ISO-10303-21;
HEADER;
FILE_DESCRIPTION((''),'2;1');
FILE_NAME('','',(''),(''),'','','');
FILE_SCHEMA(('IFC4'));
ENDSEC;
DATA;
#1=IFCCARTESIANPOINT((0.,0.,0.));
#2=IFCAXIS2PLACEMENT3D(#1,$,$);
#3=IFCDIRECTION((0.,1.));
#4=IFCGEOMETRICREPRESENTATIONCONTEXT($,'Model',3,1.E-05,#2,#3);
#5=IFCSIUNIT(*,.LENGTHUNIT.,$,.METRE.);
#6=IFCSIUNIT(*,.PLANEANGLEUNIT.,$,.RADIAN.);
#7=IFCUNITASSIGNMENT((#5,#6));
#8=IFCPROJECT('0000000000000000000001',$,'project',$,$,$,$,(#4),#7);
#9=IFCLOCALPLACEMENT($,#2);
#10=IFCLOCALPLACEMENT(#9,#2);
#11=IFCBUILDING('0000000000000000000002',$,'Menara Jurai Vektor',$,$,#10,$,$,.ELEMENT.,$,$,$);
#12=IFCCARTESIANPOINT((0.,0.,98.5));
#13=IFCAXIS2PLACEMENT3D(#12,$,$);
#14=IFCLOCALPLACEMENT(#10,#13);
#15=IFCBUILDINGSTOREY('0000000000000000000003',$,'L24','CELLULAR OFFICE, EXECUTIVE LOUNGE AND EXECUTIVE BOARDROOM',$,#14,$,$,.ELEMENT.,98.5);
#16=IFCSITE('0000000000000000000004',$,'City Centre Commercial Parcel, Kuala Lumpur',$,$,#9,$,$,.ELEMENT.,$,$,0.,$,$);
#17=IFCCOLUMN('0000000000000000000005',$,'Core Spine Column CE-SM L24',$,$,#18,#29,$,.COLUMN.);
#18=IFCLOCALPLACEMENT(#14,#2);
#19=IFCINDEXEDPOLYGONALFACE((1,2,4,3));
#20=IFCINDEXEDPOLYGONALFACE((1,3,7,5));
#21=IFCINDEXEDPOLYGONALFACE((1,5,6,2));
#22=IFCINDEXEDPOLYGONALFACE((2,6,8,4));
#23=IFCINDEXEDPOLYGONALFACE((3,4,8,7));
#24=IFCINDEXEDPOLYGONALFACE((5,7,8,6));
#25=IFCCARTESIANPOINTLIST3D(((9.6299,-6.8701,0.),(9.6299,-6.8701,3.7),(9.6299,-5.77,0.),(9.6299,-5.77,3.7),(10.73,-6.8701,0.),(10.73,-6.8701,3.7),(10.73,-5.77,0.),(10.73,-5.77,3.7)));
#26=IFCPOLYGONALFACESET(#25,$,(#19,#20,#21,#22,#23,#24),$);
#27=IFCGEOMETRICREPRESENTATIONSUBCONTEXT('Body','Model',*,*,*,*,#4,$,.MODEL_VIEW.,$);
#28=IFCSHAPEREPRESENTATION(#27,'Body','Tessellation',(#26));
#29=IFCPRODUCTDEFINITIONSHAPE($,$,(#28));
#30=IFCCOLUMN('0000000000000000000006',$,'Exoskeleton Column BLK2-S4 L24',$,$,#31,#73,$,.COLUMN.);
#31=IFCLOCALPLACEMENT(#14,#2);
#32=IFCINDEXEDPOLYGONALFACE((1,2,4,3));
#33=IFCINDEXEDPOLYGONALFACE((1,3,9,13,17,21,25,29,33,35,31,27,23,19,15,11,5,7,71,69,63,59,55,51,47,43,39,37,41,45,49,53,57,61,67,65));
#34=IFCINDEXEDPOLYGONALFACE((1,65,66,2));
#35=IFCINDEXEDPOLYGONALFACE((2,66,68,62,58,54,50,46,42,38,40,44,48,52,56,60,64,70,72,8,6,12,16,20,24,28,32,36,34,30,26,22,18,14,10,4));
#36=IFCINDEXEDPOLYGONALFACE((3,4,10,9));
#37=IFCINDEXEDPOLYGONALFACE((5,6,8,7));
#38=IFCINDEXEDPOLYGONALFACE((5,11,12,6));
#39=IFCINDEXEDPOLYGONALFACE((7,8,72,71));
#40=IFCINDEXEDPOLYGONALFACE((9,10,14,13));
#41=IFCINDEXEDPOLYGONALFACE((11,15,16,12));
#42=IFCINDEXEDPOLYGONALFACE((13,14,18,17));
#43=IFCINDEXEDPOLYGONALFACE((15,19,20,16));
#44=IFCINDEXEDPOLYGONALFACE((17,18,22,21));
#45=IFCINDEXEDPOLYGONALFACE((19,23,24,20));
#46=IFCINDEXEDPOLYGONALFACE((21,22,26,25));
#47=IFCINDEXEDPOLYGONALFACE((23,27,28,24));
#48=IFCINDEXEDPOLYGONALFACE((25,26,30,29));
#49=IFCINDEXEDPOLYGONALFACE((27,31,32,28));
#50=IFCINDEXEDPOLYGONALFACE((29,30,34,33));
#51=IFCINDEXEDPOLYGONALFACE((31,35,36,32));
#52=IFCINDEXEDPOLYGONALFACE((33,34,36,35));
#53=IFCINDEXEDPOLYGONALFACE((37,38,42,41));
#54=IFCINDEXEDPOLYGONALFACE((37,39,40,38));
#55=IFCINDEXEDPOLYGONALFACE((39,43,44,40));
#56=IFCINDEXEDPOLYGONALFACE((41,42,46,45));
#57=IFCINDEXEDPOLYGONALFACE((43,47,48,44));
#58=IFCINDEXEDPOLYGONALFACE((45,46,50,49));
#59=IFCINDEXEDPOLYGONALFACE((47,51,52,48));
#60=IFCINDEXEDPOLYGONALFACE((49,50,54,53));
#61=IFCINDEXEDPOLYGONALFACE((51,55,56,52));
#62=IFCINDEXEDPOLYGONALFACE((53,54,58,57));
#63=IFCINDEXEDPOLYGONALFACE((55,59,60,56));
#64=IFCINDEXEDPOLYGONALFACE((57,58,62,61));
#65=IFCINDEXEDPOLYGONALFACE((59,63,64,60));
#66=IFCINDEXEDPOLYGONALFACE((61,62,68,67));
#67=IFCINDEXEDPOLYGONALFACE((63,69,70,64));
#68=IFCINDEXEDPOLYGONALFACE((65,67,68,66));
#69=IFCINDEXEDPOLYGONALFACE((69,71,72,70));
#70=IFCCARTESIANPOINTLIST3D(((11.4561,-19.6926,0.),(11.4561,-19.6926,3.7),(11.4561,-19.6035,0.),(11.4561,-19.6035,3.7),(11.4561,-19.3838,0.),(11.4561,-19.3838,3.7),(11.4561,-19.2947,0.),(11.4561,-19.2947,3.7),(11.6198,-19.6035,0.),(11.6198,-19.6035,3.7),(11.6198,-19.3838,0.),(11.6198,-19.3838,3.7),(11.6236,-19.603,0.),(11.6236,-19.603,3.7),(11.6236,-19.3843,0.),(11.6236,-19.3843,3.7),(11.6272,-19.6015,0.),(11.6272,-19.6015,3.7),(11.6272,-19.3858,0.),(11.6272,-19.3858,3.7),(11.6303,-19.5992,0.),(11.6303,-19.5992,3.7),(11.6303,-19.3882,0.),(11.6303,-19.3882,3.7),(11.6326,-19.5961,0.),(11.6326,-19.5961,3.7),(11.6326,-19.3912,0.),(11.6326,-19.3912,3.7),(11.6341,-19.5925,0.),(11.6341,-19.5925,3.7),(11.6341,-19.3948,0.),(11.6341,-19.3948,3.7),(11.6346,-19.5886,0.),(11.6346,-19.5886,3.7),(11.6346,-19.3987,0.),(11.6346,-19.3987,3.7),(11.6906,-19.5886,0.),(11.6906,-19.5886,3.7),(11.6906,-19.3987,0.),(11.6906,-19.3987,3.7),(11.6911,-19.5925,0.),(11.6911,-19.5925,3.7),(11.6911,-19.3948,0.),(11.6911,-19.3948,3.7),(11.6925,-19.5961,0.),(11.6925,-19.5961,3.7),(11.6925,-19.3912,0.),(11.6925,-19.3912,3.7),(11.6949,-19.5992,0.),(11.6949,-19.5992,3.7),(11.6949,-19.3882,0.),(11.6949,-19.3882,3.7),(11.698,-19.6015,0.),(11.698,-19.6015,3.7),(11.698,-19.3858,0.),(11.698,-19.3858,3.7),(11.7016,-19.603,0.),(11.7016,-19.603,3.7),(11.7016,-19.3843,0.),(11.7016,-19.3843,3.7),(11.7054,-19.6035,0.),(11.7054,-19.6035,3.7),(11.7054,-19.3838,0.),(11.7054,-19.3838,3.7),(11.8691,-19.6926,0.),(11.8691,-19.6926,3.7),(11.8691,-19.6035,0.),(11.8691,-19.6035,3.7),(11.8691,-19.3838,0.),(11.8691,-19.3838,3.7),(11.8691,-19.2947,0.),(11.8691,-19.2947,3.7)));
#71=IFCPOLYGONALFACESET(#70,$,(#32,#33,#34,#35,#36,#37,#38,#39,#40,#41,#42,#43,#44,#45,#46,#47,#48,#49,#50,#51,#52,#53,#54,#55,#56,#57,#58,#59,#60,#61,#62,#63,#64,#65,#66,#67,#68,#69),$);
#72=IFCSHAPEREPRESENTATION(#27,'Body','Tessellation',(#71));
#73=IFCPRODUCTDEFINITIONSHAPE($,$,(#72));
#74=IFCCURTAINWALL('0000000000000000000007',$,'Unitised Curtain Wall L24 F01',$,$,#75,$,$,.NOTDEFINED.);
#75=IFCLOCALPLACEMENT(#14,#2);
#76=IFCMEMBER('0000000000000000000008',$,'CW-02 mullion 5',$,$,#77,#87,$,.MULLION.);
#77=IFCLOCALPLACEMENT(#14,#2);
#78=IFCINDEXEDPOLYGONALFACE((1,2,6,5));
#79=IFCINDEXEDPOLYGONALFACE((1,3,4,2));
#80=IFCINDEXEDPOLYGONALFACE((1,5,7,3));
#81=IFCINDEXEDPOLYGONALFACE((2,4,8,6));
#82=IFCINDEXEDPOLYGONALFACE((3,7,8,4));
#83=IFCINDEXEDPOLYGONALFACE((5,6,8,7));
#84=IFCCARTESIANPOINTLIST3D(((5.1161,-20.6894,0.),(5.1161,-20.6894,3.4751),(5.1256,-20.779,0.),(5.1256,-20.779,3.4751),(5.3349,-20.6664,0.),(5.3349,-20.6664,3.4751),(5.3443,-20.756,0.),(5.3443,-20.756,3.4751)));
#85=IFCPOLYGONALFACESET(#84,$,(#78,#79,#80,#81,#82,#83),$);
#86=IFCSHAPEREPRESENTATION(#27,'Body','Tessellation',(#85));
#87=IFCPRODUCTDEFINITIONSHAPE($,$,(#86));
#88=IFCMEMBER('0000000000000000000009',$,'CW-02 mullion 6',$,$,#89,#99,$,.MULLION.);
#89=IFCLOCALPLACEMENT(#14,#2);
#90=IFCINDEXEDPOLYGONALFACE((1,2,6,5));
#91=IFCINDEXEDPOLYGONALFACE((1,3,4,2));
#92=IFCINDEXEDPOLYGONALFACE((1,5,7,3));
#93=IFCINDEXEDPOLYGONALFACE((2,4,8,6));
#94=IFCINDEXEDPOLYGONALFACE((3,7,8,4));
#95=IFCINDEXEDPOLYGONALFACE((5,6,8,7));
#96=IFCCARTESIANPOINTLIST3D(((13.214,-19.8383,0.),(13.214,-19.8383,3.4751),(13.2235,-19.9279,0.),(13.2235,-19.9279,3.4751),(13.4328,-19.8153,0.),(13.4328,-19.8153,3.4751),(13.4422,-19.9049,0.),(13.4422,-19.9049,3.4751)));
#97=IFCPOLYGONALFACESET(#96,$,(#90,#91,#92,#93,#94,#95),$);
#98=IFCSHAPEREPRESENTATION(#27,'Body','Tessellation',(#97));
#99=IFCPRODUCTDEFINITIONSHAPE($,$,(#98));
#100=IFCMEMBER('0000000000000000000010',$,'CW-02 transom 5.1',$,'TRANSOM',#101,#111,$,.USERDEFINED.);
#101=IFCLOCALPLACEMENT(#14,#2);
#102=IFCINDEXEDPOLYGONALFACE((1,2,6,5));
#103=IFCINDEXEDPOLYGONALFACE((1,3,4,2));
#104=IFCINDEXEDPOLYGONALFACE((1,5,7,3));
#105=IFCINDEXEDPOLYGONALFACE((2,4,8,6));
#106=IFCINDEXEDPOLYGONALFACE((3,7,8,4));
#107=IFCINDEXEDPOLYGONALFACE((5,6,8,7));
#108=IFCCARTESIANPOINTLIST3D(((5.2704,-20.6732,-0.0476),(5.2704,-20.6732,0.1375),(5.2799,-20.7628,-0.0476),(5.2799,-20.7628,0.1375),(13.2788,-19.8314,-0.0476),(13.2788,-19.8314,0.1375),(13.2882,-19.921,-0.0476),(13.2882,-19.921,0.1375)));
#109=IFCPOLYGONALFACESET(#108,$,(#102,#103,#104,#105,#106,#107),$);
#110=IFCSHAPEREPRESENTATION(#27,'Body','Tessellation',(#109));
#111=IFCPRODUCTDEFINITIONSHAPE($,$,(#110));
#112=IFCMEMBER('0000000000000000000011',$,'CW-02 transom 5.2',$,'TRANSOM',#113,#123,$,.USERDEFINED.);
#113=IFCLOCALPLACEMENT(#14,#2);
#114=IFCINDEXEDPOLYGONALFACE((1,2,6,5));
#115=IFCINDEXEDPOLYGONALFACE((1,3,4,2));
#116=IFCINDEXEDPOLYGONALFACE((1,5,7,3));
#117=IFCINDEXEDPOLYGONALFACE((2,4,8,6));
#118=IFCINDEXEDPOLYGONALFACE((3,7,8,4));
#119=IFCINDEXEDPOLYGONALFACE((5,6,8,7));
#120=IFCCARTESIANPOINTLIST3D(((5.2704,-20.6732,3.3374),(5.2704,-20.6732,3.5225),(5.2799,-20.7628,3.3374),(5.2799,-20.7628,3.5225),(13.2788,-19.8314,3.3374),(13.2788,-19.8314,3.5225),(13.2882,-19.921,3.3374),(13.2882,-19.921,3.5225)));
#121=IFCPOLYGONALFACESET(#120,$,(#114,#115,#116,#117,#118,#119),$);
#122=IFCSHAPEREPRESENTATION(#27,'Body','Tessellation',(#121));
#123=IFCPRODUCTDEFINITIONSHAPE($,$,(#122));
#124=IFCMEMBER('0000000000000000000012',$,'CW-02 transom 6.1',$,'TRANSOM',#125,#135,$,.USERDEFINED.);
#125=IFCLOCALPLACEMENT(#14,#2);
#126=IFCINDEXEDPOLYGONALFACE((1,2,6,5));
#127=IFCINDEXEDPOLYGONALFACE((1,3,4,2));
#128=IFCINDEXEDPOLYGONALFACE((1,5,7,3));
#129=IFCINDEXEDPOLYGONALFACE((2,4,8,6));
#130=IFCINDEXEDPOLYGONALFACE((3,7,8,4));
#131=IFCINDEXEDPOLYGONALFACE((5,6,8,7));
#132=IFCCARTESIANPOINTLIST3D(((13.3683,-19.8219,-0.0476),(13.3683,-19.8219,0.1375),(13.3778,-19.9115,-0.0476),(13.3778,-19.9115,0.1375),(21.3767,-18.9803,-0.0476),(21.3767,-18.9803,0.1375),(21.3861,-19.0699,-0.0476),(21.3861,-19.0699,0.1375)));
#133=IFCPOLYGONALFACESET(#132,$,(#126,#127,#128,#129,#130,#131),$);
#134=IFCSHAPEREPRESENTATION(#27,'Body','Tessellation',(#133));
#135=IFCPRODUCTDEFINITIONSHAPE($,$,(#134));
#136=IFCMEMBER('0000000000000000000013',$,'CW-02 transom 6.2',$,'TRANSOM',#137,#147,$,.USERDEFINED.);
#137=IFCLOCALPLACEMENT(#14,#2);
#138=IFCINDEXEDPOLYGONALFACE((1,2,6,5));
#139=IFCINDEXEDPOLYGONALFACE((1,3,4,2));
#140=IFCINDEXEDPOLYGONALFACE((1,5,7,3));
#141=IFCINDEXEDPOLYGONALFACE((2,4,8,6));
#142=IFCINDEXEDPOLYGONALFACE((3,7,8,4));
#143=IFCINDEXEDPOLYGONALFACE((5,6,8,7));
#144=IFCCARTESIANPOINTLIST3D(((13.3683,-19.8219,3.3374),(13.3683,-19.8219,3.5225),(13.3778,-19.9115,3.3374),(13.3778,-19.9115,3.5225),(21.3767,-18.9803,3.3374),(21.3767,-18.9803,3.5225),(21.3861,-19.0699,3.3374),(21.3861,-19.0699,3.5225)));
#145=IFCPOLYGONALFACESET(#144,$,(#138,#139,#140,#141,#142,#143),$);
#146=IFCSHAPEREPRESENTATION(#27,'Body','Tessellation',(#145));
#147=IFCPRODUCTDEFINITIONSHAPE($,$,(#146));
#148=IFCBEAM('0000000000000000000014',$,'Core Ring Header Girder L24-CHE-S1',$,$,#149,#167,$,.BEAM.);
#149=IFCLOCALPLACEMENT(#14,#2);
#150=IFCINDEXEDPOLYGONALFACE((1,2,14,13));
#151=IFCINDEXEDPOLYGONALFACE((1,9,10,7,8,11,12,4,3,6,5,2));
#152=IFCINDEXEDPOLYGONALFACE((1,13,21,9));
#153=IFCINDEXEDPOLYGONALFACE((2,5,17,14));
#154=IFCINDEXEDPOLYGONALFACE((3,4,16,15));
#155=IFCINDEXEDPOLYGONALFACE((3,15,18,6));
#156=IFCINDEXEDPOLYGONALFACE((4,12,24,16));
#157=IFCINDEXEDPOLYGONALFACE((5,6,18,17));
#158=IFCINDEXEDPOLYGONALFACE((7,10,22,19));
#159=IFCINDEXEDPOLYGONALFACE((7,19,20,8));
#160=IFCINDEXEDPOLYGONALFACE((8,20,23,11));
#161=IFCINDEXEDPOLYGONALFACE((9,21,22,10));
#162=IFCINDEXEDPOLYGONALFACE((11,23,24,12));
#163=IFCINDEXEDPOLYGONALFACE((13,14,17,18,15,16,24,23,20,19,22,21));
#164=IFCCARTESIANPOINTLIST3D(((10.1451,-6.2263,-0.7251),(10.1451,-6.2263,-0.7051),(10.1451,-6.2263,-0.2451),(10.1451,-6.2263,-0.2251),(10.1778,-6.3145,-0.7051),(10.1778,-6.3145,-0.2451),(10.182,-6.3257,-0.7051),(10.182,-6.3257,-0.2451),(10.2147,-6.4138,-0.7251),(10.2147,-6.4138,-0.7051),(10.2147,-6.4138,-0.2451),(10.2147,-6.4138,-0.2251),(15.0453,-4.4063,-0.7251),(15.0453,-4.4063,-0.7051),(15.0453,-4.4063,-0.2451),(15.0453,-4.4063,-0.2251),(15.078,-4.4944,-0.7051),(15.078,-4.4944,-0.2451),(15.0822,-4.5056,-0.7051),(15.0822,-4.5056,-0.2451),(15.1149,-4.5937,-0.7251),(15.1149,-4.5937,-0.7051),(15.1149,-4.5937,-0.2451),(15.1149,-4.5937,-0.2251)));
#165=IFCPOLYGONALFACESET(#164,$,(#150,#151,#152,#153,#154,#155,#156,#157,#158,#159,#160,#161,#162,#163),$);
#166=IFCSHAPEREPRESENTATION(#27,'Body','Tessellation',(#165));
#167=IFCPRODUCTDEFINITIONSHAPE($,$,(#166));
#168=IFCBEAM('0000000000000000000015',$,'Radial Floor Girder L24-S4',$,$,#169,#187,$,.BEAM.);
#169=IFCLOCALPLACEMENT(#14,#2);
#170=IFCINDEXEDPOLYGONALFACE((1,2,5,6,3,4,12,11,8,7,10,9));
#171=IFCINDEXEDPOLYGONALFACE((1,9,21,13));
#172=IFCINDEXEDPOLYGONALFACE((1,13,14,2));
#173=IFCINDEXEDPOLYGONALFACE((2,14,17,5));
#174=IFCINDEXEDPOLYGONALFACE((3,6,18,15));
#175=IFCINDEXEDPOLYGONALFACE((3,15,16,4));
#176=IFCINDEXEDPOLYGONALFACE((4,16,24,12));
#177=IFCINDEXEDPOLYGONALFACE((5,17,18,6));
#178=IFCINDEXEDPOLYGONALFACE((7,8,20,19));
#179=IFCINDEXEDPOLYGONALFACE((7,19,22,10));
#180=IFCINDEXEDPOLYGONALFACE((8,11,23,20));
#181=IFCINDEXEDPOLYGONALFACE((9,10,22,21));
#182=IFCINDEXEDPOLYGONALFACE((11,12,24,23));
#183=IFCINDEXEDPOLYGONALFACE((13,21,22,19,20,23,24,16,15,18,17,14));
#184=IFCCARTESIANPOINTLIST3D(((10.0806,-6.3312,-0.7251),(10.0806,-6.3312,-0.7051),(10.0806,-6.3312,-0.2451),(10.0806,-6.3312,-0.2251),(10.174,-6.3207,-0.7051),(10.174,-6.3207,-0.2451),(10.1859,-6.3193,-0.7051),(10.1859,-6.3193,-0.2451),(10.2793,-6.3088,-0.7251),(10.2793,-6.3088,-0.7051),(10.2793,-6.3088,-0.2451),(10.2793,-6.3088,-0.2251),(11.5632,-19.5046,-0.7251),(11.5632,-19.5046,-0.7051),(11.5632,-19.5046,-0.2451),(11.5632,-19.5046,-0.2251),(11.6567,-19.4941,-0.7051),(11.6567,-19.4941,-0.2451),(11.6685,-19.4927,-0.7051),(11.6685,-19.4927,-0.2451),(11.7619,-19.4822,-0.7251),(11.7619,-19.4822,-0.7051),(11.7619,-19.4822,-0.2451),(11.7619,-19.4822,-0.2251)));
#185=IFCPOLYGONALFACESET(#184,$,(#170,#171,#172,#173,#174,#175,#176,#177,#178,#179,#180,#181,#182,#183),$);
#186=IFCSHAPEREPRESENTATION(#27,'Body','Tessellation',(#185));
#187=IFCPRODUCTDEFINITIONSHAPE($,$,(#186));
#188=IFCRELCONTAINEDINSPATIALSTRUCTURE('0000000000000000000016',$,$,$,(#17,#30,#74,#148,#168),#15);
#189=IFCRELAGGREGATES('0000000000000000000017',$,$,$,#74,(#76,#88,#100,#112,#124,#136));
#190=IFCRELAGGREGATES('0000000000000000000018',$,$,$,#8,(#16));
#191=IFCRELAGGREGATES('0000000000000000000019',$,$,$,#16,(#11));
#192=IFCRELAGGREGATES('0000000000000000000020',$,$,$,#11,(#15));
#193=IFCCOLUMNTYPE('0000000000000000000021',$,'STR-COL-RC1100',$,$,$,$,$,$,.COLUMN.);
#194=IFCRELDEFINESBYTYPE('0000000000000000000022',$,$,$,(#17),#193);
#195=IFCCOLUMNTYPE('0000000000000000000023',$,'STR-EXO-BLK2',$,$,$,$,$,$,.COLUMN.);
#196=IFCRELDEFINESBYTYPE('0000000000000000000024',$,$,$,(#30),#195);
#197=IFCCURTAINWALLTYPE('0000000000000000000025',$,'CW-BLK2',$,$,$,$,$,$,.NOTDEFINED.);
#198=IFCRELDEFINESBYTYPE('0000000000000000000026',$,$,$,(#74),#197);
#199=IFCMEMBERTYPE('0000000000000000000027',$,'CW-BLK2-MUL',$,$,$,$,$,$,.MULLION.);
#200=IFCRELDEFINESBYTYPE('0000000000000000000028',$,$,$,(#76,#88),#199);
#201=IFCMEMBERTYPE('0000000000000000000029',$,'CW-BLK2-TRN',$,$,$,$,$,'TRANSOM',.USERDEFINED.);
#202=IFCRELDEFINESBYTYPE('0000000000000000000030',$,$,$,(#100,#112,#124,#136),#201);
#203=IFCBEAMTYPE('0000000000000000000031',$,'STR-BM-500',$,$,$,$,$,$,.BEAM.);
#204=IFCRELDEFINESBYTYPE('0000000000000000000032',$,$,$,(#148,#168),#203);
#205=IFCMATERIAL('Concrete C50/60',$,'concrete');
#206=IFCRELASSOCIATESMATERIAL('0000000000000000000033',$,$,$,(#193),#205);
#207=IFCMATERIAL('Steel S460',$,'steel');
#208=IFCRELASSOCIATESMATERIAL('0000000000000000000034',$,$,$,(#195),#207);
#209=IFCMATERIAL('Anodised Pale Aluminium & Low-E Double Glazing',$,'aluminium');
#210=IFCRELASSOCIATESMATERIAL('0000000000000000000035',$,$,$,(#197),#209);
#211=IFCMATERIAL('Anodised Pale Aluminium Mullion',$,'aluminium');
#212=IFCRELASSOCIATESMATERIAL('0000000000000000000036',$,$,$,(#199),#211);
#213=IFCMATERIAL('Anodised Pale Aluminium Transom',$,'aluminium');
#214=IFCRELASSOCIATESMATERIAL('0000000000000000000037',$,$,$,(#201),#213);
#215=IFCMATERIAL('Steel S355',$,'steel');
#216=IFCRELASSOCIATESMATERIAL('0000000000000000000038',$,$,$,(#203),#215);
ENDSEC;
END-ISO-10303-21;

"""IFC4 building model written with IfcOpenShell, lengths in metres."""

from ifc_helpers import new_model, si_unit, direction, frame, origin, origin_2d, place, context, subcontext, project, spatial, rectangle, i_section, extrude, material, material_profile, profile_set, type_object, element, aggregate, save


model = new_model("IFC4")

# Units and contexts
model_context = context("Model", 3, precision=1e-05, world=origin(), true_north=direction((0.0, 1.0)))
body_context = subcontext(model_context, "Body", "Model", "MODEL_VIEW")
ifc_project = project(units=[si_unit("LENGTHUNIT", "METRE"), si_unit("PLANEANGLEUNIT", "RADIAN")], contexts=[model_context])

# Site, building, storey
site_placement = place(None, origin())
site = spatial("IfcSite", under=ifc_project, at=site_placement, Name="City Centre Commercial Parcel, Kuala Lumpur", CompositionType="ELEMENT", RefElevation=0.0)
building_placement = place(site_placement, origin())
building = spatial("IfcBuilding", under=site, at=building_placement, Name="Menara Jurai Vektor", CompositionType="ELEMENT")
storey_placement = place(building_placement, frame((0.0, 0.0, 98.5)))
storey = spatial("IfcBuildingStorey", under=building, at=storey_placement, Name="L24", Description="CELLULAR OFFICE, EXECUTIVE LOUNGE AND EXECUTIVE BOARDROOM", CompositionType="ELEMENT", Elevation=98.5)

# Columns
ifc_material_1 = material(Name="Concrete C50/60", Category="concrete")
ifc_material_profile_1 = material_profile(ifc_material_1, rectangle(XDim=1.1001, YDim=1.1001, at=origin_2d()), Name="RC 1100x1100")
ifc_profile_set_1 = profile_set([ifc_material_profile_1], Name="Concrete C50/60")
column_type_1 = type_object("IfcColumnType", Name="STR-COL-RC1100", PredefinedType="COLUMN", material=ifc_profile_set_1)
column_1_placement = place(storey_placement, frame((10.1799, -6.3201, 0.0), z_axis=(0.0, 0.0, 1.0), x_axis=(1.0, 0.0, 0.0)))
element("IfcColumn", 1, at=column_1_placement, inside=storey, type_object=column_type_1, Name="Core Spine Column CE-SM L24", PredefinedType="COLUMN", context=body_context, shape_type="SweptSolid", body=[
    extrude(rectangle(XDim=1.1001, YDim=1.1001, at=origin_2d()), origin(), (0.0, 0.0, 1.0), 3.7),
])
ifc_material_2 = material(Name="Steel S460", Category="steel")
ifc_material_profile_2 = material_profile(ifc_material_2, i_section(OverallWidth=0.4131, OverallDepth=0.3979, WebThickness=0.0559, FlangeThickness=0.0891, FilletRadius=0.0149, at=origin_2d()), Name="HD 400x744")
ifc_profile_set_2 = profile_set([ifc_material_profile_2], Name="Steel S460")
column_type_2 = type_object("IfcColumnType", Name="STR-EXO-BLK2", PredefinedType="COLUMN", material=ifc_profile_set_2)
column_2_placement = place(storey_placement, frame((11.6626, -19.4937, 0.0), z_axis=(0.0, 0.0, 1.0), x_axis=(1.0, 0.0, 0.0)))
element("IfcColumn", 2, at=column_2_placement, inside=storey, type_object=column_type_2, Name="Exoskeleton Column BLK2-S4 L24", PredefinedType="COLUMN", context=body_context, shape_type="SweptSolid", body=[
    extrude(i_section(OverallWidth=0.4131, OverallDepth=0.3979, WebThickness=0.0559, FlangeThickness=0.0891, FilletRadius=0.0149, at=origin_2d()), origin(), (0.0, 0.0, 1.0), 3.7),
])

# Curtain wall, members
ifc_material_3 = material(Name="Anodised Pale Aluminium & Low-E Double Glazing", Category="aluminium")
curtain_wall_type = type_object("IfcCurtainWallType", Name="CW-BLK2", PredefinedType="NOTDEFINED", material=ifc_material_3)
curtain_wall_placement = place(storey_placement, origin())
curtain_wall = element("IfcCurtainWall", 3, at=curtain_wall_placement, inside=storey, type_object=curtain_wall_type, Name="Unitised Curtain Wall L24 F01", PredefinedType="NOTDEFINED")
ifc_material_4 = material(Name="Anodised Pale Aluminium Mullion", Category="aluminium")
ifc_material_profile_3 = material_profile(ifc_material_4, rectangle(XDim=0.0901, YDim=0.22, at=origin_2d()), Name="ALU MUL 90x220")
ifc_profile_set_3 = profile_set([ifc_material_profile_3], Name="Anodised Pale Aluminium Mullion")
member_type_1 = type_object("IfcMemberType", Name="CW-BLK2-MUL", PredefinedType="MULLION", material=ifc_profile_set_3)
member_1_placement = place(storey_placement, frame((5.2302, -20.7227, 0.0), z_axis=(0.0, 0.0, 1.0), x_axis=(-0.104529, 0.994522, 0.0)))
member_1 = element("IfcMember", 4, at=member_1_placement, type_object=member_type_1, Name="CW-02 mullion 5", PredefinedType="MULLION", context=body_context, shape_type="SweptSolid", body=[
    extrude(rectangle(XDim=0.0901, YDim=0.22, at=origin_2d()), origin(), (0.0, 0.0, 1.0), 3.4751),
])
member_2_placement = place(storey_placement, frame((13.3281, -19.8716, 0.0), z_axis=(0.0, 0.0, 1.0), x_axis=(-0.104529, 0.994522, 0.0)))
member_2 = element("IfcMember", 5, at=member_2_placement, type_object=member_type_1, Name="CW-02 mullion 6", PredefinedType="MULLION", context=body_context, shape_type="SweptSolid", body=[
    extrude(rectangle(XDim=0.0901, YDim=0.22, at=origin_2d()), origin(), (0.0, 0.0, 1.0), 3.4751),
])
ifc_material_5 = material(Name="Anodised Pale Aluminium Transom", Category="aluminium")
ifc_material_profile_4 = material_profile(ifc_material_5, rectangle(XDim=0.0901, YDim=0.1851, at=origin_2d()), Name="ALU TRN 90x185")
ifc_profile_set_4 = profile_set([ifc_material_profile_4], Name="Anodised Pale Aluminium Transom")
member_type_2 = type_object("IfcMemberType", Name="CW-BLK2-TRN", ElementType="TRANSOM", PredefinedType="USERDEFINED", material=ifc_profile_set_4)
member_3_placement = place(storey_placement, frame((5.2751, -20.718, 0.0449), z_axis=(0.994521, 0.10454, 0.0), x_axis=(-0.10454, 0.994521, 0.0)))
member_3 = element("IfcMember", 6, at=member_3_placement, type_object=member_type_2, Name="CW-02 transom 5.1", ObjectType="TRANSOM", PredefinedType="USERDEFINED", context=body_context, shape_type="SweptSolid", body=[
    extrude(rectangle(XDim=0.0901, YDim=0.1851, at=origin_2d()), origin(), (0.0, 0.0, 1.0), 8.0525),
])
member_4_placement = place(storey_placement, frame((5.2751, -20.718, 3.4299), z_axis=(0.994521, 0.10454, 0.0), x_axis=(-0.10454, 0.994521, 0.0)))
member_4 = element("IfcMember", 7, at=member_4_placement, type_object=member_type_2, Name="CW-02 transom 5.2", ObjectType="TRANSOM", PredefinedType="USERDEFINED", context=body_context, shape_type="SweptSolid", body=[
    extrude(rectangle(XDim=0.0901, YDim=0.1851, at=origin_2d()), origin(), (0.0, 0.0, 1.0), 8.0525),
])
member_5_placement = place(storey_placement, frame((13.373, -19.8667, 0.0449), z_axis=(0.994524, 0.10451, 0.0), x_axis=(-0.10451, 0.994524, 0.0)))
member_5 = element("IfcMember", 8, at=member_5_placement, type_object=member_type_2, Name="CW-02 transom 6.1", ObjectType="TRANSOM", PredefinedType="USERDEFINED", context=body_context, shape_type="SweptSolid", body=[
    extrude(rectangle(XDim=0.0901, YDim=0.1851, at=origin_2d()), origin(), (0.0, 0.0, 1.0), 8.0525),
])
member_6_placement = place(storey_placement, frame((13.373, -19.8667, 3.4299), z_axis=(0.994524, 0.10451, 0.0), x_axis=(-0.10451, 0.994524, 0.0)))
member_6 = element("IfcMember", 9, at=member_6_placement, type_object=member_type_2, Name="CW-02 transom 6.2", ObjectType="TRANSOM", PredefinedType="USERDEFINED", context=body_context, shape_type="SweptSolid", body=[
    extrude(rectangle(XDim=0.0901, YDim=0.1851, at=origin_2d()), origin(), (0.0, 0.0, 1.0), 8.0525),
])

# Beams
ifc_material_6 = material(Name="Steel S355", Category="steel")
ifc_material_profile_5 = material_profile(ifc_material_6, i_section(OverallWidth=0.2, OverallDepth=0.5, WebThickness=0.012, FlangeThickness=0.02, at=origin_2d()), Name="PG 500x200x96")
ifc_profile_set_5 = profile_set([ifc_material_profile_5], Name="Steel S355")
beam_type_1 = type_object("IfcBeamType", Name="STR-BM-500", PredefinedType="BEAM", material=ifc_profile_set_5)
beam_1_placement = place(storey_placement, frame((10.1799, -6.3201, -0.4751), z_axis=(0.937424, 0.348189, 0.0), x_axis=(-0.348189, 0.937424, 0.0)))
element("IfcBeam", 10, at=beam_1_placement, inside=storey, type_object=beam_type_1, Name="Core Ring Header Girder L24-CHE-S1", PredefinedType="BEAM", context=body_context, shape_type="SweptSolid", body=[
    extrude(i_section(OverallWidth=0.2, OverallDepth=0.5, WebThickness=0.012, FlangeThickness=0.02, at=origin_2d()), origin(), (0.0, 0.0, 1.0), 5.2273),
])
beam_2_placement = place(storey_placement, frame((11.6626, -19.4934, -0.4751), z_axis=(-0.111844, 0.993726, 0.0), x_axis=(-0.993726, -0.111844, 0.0)))
element("IfcBeam", 11, at=beam_2_placement, inside=storey, type_object=beam_type_1, Name="Radial Floor Girder L24-S4", PredefinedType="BEAM", context=body_context, shape_type="SweptSolid", body=[
    extrude(i_section(OverallWidth=0.2, OverallDepth=0.5, WebThickness=0.012, FlangeThickness=0.02, at=origin_2d()), origin(), (0.0, 0.0, 1.0), 13.2566),
])

aggregate(curtain_wall, [member_1, member_2, member_3, member_4, member_5, member_6])

save(model, "model.ifc")
